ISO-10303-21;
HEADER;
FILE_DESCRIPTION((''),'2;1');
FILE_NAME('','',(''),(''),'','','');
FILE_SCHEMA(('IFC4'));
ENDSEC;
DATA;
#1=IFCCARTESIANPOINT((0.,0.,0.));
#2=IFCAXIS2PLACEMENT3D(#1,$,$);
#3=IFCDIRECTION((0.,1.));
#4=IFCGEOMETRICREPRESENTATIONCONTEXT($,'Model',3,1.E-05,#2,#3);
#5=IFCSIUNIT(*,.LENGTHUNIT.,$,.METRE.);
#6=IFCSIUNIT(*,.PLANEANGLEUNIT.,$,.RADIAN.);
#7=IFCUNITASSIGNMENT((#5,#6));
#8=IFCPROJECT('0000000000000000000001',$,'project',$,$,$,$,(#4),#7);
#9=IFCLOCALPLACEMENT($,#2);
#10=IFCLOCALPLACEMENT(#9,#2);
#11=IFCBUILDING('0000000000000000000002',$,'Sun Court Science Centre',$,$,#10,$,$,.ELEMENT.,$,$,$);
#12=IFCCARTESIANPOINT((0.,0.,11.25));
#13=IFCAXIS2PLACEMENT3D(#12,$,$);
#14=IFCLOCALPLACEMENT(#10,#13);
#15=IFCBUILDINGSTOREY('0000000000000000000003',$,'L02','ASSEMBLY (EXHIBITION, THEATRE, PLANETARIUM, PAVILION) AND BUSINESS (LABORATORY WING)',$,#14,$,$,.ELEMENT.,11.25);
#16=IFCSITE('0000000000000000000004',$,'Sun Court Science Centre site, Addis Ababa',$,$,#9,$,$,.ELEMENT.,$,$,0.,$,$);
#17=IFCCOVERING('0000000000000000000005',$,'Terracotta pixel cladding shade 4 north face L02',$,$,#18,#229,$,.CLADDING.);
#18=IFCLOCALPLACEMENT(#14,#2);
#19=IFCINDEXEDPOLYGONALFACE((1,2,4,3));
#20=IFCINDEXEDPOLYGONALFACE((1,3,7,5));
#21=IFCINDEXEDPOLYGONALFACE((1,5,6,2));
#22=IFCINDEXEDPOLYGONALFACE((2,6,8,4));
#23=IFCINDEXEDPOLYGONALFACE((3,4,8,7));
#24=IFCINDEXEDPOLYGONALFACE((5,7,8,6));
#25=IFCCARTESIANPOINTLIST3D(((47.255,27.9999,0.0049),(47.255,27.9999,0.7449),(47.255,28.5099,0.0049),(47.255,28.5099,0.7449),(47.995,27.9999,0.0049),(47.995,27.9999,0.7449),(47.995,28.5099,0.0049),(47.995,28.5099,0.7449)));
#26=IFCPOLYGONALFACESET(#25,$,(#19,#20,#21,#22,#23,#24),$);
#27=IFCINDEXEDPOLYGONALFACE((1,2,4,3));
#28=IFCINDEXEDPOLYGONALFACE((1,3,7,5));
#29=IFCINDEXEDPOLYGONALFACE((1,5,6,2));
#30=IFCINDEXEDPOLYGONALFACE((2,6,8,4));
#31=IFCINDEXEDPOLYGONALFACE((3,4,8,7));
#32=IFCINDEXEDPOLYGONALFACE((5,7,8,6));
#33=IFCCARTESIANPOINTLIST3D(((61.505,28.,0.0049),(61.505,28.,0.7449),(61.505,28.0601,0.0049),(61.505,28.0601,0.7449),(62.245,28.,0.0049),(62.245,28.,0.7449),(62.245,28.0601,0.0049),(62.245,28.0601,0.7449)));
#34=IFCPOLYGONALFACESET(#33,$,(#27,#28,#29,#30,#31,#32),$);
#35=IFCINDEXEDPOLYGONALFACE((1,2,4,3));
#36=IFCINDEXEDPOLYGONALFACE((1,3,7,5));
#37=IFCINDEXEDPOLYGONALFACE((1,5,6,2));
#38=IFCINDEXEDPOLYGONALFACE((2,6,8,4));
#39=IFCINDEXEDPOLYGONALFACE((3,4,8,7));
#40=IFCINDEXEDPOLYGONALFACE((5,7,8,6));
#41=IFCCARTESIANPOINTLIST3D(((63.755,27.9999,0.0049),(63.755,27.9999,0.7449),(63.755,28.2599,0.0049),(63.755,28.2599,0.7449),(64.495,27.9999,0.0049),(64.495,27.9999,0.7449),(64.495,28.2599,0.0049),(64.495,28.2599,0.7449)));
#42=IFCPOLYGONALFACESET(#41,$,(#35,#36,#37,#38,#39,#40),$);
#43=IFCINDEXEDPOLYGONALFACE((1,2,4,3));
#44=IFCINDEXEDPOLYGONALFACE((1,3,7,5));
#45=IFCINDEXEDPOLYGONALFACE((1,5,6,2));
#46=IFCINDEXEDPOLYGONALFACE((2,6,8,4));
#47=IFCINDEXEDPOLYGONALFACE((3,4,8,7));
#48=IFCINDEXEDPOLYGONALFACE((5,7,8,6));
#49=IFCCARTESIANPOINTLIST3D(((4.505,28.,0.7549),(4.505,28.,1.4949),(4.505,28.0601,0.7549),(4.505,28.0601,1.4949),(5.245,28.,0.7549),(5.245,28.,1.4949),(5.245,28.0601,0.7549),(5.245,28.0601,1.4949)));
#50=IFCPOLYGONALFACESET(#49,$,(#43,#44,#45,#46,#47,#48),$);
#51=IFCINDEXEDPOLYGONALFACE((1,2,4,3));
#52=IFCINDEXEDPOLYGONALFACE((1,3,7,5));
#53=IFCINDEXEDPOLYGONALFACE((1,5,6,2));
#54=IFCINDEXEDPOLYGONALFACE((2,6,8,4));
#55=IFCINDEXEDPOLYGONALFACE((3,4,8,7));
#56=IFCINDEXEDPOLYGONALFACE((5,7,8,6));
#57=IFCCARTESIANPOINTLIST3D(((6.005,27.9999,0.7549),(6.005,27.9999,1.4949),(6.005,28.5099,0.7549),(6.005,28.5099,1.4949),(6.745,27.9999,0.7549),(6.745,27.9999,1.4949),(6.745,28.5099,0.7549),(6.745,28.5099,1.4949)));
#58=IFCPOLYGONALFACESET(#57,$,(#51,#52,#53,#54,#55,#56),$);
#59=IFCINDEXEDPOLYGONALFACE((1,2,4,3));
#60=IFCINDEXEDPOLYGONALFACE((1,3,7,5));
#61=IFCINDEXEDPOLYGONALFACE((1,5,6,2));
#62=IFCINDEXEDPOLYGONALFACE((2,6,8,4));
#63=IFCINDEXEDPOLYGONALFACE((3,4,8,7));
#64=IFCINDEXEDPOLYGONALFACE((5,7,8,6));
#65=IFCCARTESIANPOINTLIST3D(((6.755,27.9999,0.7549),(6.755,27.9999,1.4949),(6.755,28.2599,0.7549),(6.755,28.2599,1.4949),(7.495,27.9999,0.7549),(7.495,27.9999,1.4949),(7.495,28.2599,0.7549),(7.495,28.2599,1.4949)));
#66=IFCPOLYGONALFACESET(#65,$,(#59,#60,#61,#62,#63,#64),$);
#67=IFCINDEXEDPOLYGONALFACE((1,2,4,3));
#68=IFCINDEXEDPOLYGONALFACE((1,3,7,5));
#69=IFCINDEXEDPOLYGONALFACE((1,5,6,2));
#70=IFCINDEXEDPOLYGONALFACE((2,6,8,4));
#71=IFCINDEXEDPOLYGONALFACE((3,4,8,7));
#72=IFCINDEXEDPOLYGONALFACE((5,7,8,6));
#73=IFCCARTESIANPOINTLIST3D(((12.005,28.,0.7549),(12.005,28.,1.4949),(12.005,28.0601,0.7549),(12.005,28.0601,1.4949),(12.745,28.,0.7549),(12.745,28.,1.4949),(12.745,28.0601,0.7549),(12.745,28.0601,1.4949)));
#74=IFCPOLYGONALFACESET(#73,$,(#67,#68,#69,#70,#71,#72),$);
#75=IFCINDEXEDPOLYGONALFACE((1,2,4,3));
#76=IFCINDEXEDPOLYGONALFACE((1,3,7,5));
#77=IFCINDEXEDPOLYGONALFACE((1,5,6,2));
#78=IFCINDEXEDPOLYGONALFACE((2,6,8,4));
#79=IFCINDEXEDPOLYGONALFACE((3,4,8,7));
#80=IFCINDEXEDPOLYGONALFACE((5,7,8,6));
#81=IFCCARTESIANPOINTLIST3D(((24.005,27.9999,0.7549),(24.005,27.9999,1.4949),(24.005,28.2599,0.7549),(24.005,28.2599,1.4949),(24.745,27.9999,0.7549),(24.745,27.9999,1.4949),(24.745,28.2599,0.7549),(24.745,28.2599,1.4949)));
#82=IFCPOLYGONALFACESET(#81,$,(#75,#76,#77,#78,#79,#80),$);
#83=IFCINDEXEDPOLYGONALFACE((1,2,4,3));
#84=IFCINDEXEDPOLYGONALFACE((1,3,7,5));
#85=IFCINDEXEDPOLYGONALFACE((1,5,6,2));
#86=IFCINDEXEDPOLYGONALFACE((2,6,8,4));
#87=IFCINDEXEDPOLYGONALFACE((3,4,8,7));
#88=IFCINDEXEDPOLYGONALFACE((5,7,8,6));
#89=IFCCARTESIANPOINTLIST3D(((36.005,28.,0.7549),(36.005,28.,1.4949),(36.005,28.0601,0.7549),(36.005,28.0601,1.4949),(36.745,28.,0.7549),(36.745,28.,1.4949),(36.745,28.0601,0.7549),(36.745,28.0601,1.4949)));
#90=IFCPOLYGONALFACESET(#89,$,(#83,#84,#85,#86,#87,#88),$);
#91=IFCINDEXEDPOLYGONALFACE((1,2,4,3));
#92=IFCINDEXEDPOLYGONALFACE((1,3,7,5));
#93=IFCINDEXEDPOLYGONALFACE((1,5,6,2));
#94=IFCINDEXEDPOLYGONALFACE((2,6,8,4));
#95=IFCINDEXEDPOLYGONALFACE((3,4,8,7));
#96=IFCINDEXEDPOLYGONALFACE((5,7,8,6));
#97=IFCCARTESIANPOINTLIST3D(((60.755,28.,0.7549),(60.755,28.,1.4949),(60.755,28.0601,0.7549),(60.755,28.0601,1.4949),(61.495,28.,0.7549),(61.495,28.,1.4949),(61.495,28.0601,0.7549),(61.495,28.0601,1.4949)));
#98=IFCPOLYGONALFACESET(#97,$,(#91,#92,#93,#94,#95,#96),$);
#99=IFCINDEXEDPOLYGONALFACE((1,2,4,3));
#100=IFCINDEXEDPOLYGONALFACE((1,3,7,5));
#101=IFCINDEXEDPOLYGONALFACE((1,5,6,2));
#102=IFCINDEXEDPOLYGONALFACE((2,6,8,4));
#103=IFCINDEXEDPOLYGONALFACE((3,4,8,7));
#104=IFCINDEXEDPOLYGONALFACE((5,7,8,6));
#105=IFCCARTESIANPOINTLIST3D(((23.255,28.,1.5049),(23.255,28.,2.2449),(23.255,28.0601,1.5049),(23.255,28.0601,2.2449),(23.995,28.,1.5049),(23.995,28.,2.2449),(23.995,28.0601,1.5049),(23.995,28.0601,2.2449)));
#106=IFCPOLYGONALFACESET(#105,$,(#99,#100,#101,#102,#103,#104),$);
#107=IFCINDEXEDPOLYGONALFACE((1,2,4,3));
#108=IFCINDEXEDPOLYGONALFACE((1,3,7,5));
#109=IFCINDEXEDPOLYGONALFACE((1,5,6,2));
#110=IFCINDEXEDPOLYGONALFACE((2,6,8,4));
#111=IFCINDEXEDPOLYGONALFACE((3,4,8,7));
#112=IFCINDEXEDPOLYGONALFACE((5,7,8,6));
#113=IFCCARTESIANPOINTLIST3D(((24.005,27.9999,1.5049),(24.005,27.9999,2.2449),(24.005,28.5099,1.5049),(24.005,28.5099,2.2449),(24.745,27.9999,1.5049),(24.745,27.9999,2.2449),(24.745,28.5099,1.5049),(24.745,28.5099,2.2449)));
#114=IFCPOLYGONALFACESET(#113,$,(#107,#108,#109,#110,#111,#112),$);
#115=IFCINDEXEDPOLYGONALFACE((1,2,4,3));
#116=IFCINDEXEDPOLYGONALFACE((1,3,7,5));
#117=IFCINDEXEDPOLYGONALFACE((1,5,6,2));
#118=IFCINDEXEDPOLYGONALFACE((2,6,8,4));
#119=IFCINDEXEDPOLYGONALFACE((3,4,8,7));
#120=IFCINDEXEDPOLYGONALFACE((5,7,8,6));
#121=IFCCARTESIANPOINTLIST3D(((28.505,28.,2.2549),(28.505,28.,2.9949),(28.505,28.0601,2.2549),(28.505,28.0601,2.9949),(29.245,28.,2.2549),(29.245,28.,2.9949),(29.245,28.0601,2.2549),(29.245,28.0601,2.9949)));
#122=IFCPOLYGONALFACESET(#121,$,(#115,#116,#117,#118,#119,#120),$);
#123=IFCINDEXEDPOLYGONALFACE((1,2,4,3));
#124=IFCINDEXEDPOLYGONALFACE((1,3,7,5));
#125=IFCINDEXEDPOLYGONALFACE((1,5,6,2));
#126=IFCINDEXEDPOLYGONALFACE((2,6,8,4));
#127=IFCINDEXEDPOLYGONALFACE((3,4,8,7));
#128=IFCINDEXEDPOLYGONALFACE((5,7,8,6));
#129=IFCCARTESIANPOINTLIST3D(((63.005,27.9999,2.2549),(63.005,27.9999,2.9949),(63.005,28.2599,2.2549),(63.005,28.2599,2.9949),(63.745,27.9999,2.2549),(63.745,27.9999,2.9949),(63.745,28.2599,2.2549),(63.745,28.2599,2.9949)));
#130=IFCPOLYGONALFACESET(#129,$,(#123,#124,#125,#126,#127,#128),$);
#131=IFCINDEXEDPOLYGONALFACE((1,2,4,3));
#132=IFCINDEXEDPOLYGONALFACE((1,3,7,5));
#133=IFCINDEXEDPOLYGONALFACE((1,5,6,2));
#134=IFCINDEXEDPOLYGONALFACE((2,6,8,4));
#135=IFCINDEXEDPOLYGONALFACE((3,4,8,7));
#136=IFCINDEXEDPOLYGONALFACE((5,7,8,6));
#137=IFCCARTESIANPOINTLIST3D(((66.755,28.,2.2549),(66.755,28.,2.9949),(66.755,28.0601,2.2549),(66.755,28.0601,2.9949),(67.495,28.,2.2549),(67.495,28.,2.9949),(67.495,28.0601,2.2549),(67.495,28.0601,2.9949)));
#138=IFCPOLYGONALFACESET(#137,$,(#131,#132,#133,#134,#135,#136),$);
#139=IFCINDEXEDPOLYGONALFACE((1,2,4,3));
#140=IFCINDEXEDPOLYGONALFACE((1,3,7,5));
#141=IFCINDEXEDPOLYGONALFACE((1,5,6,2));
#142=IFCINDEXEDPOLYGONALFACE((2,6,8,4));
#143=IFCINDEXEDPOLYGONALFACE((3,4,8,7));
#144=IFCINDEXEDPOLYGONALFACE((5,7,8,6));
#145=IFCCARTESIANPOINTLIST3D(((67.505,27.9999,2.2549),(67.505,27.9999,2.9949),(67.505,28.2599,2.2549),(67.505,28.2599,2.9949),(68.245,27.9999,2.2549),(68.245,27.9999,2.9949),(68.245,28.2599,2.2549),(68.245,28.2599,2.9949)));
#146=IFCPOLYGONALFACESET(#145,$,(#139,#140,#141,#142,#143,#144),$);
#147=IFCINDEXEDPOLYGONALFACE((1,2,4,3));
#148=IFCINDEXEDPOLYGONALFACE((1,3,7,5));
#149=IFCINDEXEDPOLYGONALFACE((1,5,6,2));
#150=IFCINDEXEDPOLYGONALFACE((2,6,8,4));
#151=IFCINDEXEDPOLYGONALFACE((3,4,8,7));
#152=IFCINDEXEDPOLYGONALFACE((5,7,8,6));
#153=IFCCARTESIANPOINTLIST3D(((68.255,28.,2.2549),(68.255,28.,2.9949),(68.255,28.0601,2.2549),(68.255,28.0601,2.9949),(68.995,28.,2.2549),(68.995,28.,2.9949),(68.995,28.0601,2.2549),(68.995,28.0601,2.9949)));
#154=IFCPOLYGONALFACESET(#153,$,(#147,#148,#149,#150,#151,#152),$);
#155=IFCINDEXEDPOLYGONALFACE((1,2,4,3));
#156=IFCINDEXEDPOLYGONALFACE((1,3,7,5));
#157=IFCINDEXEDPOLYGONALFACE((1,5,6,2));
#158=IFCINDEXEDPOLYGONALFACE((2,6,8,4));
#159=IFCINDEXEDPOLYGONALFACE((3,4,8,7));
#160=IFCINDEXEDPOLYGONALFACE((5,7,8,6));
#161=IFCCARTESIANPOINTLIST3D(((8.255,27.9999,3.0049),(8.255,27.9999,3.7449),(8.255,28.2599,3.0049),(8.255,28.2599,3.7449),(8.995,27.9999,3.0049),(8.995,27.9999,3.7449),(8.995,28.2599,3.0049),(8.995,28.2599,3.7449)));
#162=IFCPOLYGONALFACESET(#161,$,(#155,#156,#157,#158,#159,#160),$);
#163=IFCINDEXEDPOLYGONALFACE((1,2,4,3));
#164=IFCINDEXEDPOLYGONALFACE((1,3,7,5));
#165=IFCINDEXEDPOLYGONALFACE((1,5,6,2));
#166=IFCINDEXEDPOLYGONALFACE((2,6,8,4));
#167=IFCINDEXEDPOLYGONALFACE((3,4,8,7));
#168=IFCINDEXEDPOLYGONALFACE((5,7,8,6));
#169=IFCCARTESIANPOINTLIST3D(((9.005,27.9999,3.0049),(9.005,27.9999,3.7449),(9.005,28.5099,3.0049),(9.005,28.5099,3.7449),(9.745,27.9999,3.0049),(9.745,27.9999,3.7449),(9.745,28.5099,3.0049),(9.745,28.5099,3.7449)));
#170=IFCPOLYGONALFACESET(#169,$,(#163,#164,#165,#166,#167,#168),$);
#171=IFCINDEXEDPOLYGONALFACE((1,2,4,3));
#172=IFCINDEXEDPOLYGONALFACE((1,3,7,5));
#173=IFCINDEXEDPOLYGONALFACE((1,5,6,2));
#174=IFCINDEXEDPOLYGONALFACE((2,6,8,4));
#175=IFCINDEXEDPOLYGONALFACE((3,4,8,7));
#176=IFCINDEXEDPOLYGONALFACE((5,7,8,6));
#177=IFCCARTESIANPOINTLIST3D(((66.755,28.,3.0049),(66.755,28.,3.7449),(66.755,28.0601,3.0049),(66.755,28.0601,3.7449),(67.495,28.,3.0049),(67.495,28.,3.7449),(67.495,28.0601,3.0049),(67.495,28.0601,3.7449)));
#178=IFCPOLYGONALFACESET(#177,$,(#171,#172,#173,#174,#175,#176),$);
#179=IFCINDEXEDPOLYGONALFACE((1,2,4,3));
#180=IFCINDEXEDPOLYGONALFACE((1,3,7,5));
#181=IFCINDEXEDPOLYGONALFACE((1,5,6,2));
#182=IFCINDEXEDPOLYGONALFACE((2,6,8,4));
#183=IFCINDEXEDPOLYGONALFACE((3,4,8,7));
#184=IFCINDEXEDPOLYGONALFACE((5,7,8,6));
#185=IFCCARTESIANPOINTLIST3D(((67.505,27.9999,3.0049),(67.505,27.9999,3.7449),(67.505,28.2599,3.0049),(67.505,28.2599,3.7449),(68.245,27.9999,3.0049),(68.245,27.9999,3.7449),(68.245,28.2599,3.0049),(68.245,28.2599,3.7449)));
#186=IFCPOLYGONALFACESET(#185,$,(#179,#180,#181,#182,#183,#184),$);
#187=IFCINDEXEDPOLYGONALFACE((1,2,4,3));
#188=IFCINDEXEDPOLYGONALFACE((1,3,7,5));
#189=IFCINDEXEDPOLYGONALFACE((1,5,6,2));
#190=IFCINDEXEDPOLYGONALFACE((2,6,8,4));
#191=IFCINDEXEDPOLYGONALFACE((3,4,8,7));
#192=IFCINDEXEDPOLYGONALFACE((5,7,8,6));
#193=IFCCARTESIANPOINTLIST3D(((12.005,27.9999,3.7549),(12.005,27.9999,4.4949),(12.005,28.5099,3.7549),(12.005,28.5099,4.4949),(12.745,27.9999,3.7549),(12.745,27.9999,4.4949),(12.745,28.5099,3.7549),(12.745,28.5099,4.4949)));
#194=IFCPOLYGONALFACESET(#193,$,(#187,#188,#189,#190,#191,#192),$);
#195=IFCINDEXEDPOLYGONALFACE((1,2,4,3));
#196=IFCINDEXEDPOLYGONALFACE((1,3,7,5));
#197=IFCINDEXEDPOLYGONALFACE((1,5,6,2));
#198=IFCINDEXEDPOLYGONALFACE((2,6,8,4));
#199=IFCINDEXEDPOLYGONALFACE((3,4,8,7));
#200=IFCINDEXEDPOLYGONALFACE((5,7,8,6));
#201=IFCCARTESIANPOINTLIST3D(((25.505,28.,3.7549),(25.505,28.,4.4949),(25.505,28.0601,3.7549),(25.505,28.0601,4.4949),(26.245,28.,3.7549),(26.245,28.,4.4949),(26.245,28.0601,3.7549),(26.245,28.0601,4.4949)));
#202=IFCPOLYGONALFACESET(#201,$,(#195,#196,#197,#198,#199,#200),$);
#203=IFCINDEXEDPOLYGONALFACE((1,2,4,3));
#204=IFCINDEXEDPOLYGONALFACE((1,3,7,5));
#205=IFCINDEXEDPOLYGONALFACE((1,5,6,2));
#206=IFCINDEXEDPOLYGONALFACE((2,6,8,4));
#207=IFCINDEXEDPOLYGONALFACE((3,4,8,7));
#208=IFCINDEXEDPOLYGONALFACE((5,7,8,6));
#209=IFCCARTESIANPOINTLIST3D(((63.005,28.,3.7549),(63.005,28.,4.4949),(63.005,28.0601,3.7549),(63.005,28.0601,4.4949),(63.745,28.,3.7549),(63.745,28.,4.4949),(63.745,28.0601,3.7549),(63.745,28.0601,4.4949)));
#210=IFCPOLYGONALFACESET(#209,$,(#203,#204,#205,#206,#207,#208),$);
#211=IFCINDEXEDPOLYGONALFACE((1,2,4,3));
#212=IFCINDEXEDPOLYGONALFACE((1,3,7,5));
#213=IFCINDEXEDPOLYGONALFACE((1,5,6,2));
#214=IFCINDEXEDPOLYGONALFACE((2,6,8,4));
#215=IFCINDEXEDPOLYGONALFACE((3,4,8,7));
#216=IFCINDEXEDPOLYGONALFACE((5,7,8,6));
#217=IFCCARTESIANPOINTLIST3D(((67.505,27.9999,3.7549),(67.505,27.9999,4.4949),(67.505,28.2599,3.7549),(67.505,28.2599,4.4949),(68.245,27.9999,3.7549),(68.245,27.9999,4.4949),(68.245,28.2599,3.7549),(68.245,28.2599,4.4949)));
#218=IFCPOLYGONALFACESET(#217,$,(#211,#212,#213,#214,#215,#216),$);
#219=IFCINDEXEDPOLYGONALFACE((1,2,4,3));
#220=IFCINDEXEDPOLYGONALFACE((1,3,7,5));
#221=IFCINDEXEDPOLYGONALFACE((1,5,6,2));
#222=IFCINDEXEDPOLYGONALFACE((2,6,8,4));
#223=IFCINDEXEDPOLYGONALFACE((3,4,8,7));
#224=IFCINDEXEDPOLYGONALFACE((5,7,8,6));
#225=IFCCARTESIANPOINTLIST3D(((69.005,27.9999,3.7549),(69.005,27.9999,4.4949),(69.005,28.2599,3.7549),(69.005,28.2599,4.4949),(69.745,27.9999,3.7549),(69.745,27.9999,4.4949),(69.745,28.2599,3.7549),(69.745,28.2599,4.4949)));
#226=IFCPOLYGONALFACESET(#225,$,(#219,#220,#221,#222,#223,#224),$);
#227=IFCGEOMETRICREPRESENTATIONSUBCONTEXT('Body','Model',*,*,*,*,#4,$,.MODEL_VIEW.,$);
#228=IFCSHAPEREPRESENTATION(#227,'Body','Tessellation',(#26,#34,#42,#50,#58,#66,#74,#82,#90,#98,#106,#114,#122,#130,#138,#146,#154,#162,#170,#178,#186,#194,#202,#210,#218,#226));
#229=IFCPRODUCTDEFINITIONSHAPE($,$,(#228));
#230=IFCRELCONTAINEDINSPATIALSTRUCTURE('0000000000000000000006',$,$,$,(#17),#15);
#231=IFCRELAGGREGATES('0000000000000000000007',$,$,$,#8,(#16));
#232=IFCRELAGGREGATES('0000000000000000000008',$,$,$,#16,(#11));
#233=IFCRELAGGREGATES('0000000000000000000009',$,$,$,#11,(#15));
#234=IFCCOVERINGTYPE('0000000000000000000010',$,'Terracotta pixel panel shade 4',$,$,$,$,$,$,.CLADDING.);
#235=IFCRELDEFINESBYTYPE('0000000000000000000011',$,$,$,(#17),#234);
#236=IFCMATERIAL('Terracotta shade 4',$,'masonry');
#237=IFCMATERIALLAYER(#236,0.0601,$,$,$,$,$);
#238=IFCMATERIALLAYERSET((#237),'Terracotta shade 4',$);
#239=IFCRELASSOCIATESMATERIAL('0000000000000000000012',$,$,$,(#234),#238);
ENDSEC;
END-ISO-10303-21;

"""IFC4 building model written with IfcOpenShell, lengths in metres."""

from ifc_helpers import new_model, si_unit, direction, frame, origin, origin_2d, place, context, subcontext, project, spatial, rectangle, extrude, material, layer, layer_set, type_object, element, save


model = new_model("IFC4")

# Units and contexts
model_context = context("Model", 3, precision=1e-05, world=origin(), true_north=direction((0.0, 1.0)))
body_context = subcontext(model_context, "Body", "Model", "MODEL_VIEW")
ifc_project = project(units=[si_unit("LENGTHUNIT", "METRE"), si_unit("PLANEANGLEUNIT", "RADIAN")], contexts=[model_context])

# Site, building, storey
site_placement = place(None, origin())
site = spatial("IfcSite", under=ifc_project, at=site_placement, Name="Sun Court Science Centre site, Addis Ababa", CompositionType="ELEMENT", RefElevation=0.0)
building_placement = place(site_placement, origin())
building = spatial("IfcBuilding", under=site, at=building_placement, Name="Sun Court Science Centre", CompositionType="ELEMENT")
storey_placement = place(building_placement, frame((0.0, 0.0, 11.25)))
storey = spatial("IfcBuildingStorey", under=building, at=storey_placement, Name="L02", Description="ASSEMBLY (EXHIBITION, THEATRE, PLANETARIUM, PAVILION) AND BUSINESS (LABORATORY WING)", CompositionType="ELEMENT", Elevation=11.25)

# Covering
ifc_material_1 = material(Name="Terracotta shade 4", Category="masonry")
ifc_layer_1 = layer(ifc_material_1, 0.0601)
ifc_layer_set_1 = layer_set([ifc_layer_1], Name="Terracotta shade 4")
covering_type_1 = type_object("IfcCoveringType", Name="Terracotta pixel panel shade 4", PredefinedType="CLADDING", material=ifc_layer_set_1)
covering_1_placement = place(storey_placement, frame((0.0, 0.0, -11.25)))
element("IfcCovering", 1, at=covering_1_placement, inside=storey, type_object=covering_type_1, Name="Terracotta pixel cladding shade 4 north face L02", PredefinedType="CLADDING", context=body_context, shape_type="SweptSolid", body=[
    extrude(rectangle(XDim=0.74, YDim=0.51, at=origin_2d()), frame((47.625, 28.2549, 11.2549), z_axis=(0.0, 0.0, 1.0), x_axis=(1.0, 0.0, 0.0)), (0.0, 0.0, 1.0), 0.74),
    extrude(rectangle(XDim=0.74, YDim=0.0601, at=origin_2d()), frame((61.875, 28.03, 11.2549), z_axis=(0.0, 0.0, 1.0), x_axis=(1.0, 0.0, 0.0)), (0.0, 0.0, 1.0), 0.74),
    extrude(rectangle(XDim=0.74, YDim=0.26, at=origin_2d()), frame((64.125, 28.1299, 11.2549), z_axis=(0.0, 0.0, 1.0), x_axis=(1.0, 0.0, 0.0)), (0.0, 0.0, 1.0), 0.74),
    extrude(rectangle(XDim=0.74, YDim=0.0601, at=origin_2d()), frame((4.875, 28.03, 12.0049), z_axis=(0.0, 0.0, 1.0), x_axis=(1.0, 0.0, 0.0)), (0.0, 0.0, 1.0), 0.74),
    extrude(rectangle(XDim=0.74, YDim=0.51, at=origin_2d()), frame((6.375, 28.2549, 12.0049), z_axis=(0.0, 0.0, 1.0), x_axis=(1.0, 0.0, 0.0)), (0.0, 0.0, 1.0), 0.74),
    extrude(rectangle(XDim=0.74, YDim=0.26, at=origin_2d()), frame((7.125, 28.1299, 12.0049), z_axis=(0.0, 0.0, 1.0), x_axis=(1.0, 0.0, 0.0)), (0.0, 0.0, 1.0), 0.74),
    extrude(rectangle(XDim=0.74, YDim=0.0601, at=origin_2d()), frame((12.375, 28.03, 12.0049), z_axis=(0.0, 0.0, 1.0), x_axis=(1.0, 0.0, 0.0)), (0.0, 0.0, 1.0), 0.74),
    extrude(rectangle(XDim=0.74, YDim=0.26, at=origin_2d()), frame((24.375, 28.1299, 12.0049), z_axis=(0.0, 0.0, 1.0), x_axis=(1.0, 0.0, 0.0)), (0.0, 0.0, 1.0), 0.74),
    extrude(rectangle(XDim=0.74, YDim=0.0601, at=origin_2d()), frame((36.375, 28.03, 12.0049), z_axis=(0.0, 0.0, 1.0), x_axis=(1.0, 0.0, 0.0)), (0.0, 0.0, 1.0), 0.74),
    extrude(rectangle(XDim=0.74, YDim=0.0601, at=origin_2d()), frame((61.125, 28.03, 12.0049), z_axis=(0.0, 0.0, 1.0), x_axis=(1.0, 0.0, 0.0)), (0.0, 0.0, 1.0), 0.74),
    extrude(rectangle(XDim=0.74, YDim=0.0601, at=origin_2d()), frame((23.625, 28.03, 12.7549), z_axis=(0.0, 0.0, 1.0), x_axis=(1.0, 0.0, 0.0)), (0.0, 0.0, 1.0), 0.74),
    extrude(rectangle(XDim=0.74, YDim=0.51, at=origin_2d()), frame((24.375, 28.2549, 12.7549), z_axis=(0.0, 0.0, 1.0), x_axis=(1.0, 0.0, 0.0)), (0.0, 0.0, 1.0), 0.74),
    extrude(rectangle(XDim=0.74, YDim=0.0601, at=origin_2d()), frame((28.875, 28.03, 13.5049), z_axis=(0.0, 0.0, 1.0), x_axis=(1.0, 0.0, 0.0)), (0.0, 0.0, 1.0), 0.74),
    extrude(rectangle(XDim=0.74, YDim=0.26, at=origin_2d()), frame((63.375, 28.1299, 13.5049), z_axis=(0.0, 0.0, 1.0), x_axis=(1.0, 0.0, 0.0)), (0.0, 0.0, 1.0), 0.74),
    extrude(rectangle(XDim=0.74, YDim=0.0601, at=origin_2d()), frame((67.125, 28.03, 13.5049), z_axis=(0.0, 0.0, 1.0), x_axis=(1.0, 0.0, 0.0)), (0.0, 0.0, 1.0), 0.74),
    extrude(rectangle(XDim=0.74, YDim=0.26, at=origin_2d()), frame((67.875, 28.1299, 13.5049), z_axis=(0.0, 0.0, 1.0), x_axis=(1.0, 0.0, 0.0)), (0.0, 0.0, 1.0), 0.74),
    extrude(rectangle(XDim=0.74, YDim=0.0601, at=origin_2d()), frame((68.625, 28.03, 13.5049), z_axis=(0.0, 0.0, 1.0), x_axis=(1.0, 0.0, 0.0)), (0.0, 0.0, 1.0), 0.74),
    extrude(rectangle(XDim=0.74, YDim=0.26, at=origin_2d()), frame((8.625, 28.1299, 14.2549), z_axis=(0.0, 0.0, 1.0), x_axis=(1.0, 0.0, 0.0)), (0.0, 0.0, 1.0), 0.74),
    extrude(rectangle(XDim=0.74, YDim=0.51, at=origin_2d()), frame((9.375, 28.2549, 14.2549), z_axis=(0.0, 0.0, 1.0), x_axis=(1.0, 0.0, 0.0)), (0.0, 0.0, 1.0), 0.74),
    extrude(rectangle(XDim=0.74, YDim=0.0601, at=origin_2d()), frame((67.125, 28.03, 14.2549), z_axis=(0.0, 0.0, 1.0), x_axis=(1.0, 0.0, 0.0)), (0.0, 0.0, 1.0), 0.74),
    extrude(rectangle(XDim=0.74, YDim=0.26, at=origin_2d()), frame((67.875, 28.1299, 14.2549), z_axis=(0.0, 0.0, 1.0), x_axis=(1.0, 0.0, 0.0)), (0.0, 0.0, 1.0), 0.74),
    extrude(rectangle(XDim=0.74, YDim=0.51, at=origin_2d()), frame((12.375, 28.2549, 15.0049), z_axis=(0.0, 0.0, 1.0), x_axis=(1.0, 0.0, 0.0)), (0.0, 0.0, 1.0), 0.74),
    extrude(rectangle(XDim=0.74, YDim=0.0601, at=origin_2d()), frame((25.875, 28.03, 15.0049), z_axis=(0.0, 0.0, 1.0), x_axis=(1.0, 0.0, 0.0)), (0.0, 0.0, 1.0), 0.74),
    extrude(rectangle(XDim=0.74, YDim=0.0601, at=origin_2d()), frame((63.375, 28.03, 15.0049), z_axis=(0.0, 0.0, 1.0), x_axis=(1.0, 0.0, 0.0)), (0.0, 0.0, 1.0), 0.74),
    extrude(rectangle(XDim=0.74, YDim=0.26, at=origin_2d()), frame((67.875, 28.1299, 15.0049), z_axis=(0.0, 0.0, 1.0), x_axis=(1.0, 0.0, 0.0)), (0.0, 0.0, 1.0), 0.74),
    extrude(rectangle(XDim=0.74, YDim=0.26, at=origin_2d()), frame((69.375, 28.1299, 15.0049), z_axis=(0.0, 0.0, 1.0), x_axis=(1.0, 0.0, 0.0)), (0.0, 0.0, 1.0), 0.74),
])

save(model, "model.ifc")
